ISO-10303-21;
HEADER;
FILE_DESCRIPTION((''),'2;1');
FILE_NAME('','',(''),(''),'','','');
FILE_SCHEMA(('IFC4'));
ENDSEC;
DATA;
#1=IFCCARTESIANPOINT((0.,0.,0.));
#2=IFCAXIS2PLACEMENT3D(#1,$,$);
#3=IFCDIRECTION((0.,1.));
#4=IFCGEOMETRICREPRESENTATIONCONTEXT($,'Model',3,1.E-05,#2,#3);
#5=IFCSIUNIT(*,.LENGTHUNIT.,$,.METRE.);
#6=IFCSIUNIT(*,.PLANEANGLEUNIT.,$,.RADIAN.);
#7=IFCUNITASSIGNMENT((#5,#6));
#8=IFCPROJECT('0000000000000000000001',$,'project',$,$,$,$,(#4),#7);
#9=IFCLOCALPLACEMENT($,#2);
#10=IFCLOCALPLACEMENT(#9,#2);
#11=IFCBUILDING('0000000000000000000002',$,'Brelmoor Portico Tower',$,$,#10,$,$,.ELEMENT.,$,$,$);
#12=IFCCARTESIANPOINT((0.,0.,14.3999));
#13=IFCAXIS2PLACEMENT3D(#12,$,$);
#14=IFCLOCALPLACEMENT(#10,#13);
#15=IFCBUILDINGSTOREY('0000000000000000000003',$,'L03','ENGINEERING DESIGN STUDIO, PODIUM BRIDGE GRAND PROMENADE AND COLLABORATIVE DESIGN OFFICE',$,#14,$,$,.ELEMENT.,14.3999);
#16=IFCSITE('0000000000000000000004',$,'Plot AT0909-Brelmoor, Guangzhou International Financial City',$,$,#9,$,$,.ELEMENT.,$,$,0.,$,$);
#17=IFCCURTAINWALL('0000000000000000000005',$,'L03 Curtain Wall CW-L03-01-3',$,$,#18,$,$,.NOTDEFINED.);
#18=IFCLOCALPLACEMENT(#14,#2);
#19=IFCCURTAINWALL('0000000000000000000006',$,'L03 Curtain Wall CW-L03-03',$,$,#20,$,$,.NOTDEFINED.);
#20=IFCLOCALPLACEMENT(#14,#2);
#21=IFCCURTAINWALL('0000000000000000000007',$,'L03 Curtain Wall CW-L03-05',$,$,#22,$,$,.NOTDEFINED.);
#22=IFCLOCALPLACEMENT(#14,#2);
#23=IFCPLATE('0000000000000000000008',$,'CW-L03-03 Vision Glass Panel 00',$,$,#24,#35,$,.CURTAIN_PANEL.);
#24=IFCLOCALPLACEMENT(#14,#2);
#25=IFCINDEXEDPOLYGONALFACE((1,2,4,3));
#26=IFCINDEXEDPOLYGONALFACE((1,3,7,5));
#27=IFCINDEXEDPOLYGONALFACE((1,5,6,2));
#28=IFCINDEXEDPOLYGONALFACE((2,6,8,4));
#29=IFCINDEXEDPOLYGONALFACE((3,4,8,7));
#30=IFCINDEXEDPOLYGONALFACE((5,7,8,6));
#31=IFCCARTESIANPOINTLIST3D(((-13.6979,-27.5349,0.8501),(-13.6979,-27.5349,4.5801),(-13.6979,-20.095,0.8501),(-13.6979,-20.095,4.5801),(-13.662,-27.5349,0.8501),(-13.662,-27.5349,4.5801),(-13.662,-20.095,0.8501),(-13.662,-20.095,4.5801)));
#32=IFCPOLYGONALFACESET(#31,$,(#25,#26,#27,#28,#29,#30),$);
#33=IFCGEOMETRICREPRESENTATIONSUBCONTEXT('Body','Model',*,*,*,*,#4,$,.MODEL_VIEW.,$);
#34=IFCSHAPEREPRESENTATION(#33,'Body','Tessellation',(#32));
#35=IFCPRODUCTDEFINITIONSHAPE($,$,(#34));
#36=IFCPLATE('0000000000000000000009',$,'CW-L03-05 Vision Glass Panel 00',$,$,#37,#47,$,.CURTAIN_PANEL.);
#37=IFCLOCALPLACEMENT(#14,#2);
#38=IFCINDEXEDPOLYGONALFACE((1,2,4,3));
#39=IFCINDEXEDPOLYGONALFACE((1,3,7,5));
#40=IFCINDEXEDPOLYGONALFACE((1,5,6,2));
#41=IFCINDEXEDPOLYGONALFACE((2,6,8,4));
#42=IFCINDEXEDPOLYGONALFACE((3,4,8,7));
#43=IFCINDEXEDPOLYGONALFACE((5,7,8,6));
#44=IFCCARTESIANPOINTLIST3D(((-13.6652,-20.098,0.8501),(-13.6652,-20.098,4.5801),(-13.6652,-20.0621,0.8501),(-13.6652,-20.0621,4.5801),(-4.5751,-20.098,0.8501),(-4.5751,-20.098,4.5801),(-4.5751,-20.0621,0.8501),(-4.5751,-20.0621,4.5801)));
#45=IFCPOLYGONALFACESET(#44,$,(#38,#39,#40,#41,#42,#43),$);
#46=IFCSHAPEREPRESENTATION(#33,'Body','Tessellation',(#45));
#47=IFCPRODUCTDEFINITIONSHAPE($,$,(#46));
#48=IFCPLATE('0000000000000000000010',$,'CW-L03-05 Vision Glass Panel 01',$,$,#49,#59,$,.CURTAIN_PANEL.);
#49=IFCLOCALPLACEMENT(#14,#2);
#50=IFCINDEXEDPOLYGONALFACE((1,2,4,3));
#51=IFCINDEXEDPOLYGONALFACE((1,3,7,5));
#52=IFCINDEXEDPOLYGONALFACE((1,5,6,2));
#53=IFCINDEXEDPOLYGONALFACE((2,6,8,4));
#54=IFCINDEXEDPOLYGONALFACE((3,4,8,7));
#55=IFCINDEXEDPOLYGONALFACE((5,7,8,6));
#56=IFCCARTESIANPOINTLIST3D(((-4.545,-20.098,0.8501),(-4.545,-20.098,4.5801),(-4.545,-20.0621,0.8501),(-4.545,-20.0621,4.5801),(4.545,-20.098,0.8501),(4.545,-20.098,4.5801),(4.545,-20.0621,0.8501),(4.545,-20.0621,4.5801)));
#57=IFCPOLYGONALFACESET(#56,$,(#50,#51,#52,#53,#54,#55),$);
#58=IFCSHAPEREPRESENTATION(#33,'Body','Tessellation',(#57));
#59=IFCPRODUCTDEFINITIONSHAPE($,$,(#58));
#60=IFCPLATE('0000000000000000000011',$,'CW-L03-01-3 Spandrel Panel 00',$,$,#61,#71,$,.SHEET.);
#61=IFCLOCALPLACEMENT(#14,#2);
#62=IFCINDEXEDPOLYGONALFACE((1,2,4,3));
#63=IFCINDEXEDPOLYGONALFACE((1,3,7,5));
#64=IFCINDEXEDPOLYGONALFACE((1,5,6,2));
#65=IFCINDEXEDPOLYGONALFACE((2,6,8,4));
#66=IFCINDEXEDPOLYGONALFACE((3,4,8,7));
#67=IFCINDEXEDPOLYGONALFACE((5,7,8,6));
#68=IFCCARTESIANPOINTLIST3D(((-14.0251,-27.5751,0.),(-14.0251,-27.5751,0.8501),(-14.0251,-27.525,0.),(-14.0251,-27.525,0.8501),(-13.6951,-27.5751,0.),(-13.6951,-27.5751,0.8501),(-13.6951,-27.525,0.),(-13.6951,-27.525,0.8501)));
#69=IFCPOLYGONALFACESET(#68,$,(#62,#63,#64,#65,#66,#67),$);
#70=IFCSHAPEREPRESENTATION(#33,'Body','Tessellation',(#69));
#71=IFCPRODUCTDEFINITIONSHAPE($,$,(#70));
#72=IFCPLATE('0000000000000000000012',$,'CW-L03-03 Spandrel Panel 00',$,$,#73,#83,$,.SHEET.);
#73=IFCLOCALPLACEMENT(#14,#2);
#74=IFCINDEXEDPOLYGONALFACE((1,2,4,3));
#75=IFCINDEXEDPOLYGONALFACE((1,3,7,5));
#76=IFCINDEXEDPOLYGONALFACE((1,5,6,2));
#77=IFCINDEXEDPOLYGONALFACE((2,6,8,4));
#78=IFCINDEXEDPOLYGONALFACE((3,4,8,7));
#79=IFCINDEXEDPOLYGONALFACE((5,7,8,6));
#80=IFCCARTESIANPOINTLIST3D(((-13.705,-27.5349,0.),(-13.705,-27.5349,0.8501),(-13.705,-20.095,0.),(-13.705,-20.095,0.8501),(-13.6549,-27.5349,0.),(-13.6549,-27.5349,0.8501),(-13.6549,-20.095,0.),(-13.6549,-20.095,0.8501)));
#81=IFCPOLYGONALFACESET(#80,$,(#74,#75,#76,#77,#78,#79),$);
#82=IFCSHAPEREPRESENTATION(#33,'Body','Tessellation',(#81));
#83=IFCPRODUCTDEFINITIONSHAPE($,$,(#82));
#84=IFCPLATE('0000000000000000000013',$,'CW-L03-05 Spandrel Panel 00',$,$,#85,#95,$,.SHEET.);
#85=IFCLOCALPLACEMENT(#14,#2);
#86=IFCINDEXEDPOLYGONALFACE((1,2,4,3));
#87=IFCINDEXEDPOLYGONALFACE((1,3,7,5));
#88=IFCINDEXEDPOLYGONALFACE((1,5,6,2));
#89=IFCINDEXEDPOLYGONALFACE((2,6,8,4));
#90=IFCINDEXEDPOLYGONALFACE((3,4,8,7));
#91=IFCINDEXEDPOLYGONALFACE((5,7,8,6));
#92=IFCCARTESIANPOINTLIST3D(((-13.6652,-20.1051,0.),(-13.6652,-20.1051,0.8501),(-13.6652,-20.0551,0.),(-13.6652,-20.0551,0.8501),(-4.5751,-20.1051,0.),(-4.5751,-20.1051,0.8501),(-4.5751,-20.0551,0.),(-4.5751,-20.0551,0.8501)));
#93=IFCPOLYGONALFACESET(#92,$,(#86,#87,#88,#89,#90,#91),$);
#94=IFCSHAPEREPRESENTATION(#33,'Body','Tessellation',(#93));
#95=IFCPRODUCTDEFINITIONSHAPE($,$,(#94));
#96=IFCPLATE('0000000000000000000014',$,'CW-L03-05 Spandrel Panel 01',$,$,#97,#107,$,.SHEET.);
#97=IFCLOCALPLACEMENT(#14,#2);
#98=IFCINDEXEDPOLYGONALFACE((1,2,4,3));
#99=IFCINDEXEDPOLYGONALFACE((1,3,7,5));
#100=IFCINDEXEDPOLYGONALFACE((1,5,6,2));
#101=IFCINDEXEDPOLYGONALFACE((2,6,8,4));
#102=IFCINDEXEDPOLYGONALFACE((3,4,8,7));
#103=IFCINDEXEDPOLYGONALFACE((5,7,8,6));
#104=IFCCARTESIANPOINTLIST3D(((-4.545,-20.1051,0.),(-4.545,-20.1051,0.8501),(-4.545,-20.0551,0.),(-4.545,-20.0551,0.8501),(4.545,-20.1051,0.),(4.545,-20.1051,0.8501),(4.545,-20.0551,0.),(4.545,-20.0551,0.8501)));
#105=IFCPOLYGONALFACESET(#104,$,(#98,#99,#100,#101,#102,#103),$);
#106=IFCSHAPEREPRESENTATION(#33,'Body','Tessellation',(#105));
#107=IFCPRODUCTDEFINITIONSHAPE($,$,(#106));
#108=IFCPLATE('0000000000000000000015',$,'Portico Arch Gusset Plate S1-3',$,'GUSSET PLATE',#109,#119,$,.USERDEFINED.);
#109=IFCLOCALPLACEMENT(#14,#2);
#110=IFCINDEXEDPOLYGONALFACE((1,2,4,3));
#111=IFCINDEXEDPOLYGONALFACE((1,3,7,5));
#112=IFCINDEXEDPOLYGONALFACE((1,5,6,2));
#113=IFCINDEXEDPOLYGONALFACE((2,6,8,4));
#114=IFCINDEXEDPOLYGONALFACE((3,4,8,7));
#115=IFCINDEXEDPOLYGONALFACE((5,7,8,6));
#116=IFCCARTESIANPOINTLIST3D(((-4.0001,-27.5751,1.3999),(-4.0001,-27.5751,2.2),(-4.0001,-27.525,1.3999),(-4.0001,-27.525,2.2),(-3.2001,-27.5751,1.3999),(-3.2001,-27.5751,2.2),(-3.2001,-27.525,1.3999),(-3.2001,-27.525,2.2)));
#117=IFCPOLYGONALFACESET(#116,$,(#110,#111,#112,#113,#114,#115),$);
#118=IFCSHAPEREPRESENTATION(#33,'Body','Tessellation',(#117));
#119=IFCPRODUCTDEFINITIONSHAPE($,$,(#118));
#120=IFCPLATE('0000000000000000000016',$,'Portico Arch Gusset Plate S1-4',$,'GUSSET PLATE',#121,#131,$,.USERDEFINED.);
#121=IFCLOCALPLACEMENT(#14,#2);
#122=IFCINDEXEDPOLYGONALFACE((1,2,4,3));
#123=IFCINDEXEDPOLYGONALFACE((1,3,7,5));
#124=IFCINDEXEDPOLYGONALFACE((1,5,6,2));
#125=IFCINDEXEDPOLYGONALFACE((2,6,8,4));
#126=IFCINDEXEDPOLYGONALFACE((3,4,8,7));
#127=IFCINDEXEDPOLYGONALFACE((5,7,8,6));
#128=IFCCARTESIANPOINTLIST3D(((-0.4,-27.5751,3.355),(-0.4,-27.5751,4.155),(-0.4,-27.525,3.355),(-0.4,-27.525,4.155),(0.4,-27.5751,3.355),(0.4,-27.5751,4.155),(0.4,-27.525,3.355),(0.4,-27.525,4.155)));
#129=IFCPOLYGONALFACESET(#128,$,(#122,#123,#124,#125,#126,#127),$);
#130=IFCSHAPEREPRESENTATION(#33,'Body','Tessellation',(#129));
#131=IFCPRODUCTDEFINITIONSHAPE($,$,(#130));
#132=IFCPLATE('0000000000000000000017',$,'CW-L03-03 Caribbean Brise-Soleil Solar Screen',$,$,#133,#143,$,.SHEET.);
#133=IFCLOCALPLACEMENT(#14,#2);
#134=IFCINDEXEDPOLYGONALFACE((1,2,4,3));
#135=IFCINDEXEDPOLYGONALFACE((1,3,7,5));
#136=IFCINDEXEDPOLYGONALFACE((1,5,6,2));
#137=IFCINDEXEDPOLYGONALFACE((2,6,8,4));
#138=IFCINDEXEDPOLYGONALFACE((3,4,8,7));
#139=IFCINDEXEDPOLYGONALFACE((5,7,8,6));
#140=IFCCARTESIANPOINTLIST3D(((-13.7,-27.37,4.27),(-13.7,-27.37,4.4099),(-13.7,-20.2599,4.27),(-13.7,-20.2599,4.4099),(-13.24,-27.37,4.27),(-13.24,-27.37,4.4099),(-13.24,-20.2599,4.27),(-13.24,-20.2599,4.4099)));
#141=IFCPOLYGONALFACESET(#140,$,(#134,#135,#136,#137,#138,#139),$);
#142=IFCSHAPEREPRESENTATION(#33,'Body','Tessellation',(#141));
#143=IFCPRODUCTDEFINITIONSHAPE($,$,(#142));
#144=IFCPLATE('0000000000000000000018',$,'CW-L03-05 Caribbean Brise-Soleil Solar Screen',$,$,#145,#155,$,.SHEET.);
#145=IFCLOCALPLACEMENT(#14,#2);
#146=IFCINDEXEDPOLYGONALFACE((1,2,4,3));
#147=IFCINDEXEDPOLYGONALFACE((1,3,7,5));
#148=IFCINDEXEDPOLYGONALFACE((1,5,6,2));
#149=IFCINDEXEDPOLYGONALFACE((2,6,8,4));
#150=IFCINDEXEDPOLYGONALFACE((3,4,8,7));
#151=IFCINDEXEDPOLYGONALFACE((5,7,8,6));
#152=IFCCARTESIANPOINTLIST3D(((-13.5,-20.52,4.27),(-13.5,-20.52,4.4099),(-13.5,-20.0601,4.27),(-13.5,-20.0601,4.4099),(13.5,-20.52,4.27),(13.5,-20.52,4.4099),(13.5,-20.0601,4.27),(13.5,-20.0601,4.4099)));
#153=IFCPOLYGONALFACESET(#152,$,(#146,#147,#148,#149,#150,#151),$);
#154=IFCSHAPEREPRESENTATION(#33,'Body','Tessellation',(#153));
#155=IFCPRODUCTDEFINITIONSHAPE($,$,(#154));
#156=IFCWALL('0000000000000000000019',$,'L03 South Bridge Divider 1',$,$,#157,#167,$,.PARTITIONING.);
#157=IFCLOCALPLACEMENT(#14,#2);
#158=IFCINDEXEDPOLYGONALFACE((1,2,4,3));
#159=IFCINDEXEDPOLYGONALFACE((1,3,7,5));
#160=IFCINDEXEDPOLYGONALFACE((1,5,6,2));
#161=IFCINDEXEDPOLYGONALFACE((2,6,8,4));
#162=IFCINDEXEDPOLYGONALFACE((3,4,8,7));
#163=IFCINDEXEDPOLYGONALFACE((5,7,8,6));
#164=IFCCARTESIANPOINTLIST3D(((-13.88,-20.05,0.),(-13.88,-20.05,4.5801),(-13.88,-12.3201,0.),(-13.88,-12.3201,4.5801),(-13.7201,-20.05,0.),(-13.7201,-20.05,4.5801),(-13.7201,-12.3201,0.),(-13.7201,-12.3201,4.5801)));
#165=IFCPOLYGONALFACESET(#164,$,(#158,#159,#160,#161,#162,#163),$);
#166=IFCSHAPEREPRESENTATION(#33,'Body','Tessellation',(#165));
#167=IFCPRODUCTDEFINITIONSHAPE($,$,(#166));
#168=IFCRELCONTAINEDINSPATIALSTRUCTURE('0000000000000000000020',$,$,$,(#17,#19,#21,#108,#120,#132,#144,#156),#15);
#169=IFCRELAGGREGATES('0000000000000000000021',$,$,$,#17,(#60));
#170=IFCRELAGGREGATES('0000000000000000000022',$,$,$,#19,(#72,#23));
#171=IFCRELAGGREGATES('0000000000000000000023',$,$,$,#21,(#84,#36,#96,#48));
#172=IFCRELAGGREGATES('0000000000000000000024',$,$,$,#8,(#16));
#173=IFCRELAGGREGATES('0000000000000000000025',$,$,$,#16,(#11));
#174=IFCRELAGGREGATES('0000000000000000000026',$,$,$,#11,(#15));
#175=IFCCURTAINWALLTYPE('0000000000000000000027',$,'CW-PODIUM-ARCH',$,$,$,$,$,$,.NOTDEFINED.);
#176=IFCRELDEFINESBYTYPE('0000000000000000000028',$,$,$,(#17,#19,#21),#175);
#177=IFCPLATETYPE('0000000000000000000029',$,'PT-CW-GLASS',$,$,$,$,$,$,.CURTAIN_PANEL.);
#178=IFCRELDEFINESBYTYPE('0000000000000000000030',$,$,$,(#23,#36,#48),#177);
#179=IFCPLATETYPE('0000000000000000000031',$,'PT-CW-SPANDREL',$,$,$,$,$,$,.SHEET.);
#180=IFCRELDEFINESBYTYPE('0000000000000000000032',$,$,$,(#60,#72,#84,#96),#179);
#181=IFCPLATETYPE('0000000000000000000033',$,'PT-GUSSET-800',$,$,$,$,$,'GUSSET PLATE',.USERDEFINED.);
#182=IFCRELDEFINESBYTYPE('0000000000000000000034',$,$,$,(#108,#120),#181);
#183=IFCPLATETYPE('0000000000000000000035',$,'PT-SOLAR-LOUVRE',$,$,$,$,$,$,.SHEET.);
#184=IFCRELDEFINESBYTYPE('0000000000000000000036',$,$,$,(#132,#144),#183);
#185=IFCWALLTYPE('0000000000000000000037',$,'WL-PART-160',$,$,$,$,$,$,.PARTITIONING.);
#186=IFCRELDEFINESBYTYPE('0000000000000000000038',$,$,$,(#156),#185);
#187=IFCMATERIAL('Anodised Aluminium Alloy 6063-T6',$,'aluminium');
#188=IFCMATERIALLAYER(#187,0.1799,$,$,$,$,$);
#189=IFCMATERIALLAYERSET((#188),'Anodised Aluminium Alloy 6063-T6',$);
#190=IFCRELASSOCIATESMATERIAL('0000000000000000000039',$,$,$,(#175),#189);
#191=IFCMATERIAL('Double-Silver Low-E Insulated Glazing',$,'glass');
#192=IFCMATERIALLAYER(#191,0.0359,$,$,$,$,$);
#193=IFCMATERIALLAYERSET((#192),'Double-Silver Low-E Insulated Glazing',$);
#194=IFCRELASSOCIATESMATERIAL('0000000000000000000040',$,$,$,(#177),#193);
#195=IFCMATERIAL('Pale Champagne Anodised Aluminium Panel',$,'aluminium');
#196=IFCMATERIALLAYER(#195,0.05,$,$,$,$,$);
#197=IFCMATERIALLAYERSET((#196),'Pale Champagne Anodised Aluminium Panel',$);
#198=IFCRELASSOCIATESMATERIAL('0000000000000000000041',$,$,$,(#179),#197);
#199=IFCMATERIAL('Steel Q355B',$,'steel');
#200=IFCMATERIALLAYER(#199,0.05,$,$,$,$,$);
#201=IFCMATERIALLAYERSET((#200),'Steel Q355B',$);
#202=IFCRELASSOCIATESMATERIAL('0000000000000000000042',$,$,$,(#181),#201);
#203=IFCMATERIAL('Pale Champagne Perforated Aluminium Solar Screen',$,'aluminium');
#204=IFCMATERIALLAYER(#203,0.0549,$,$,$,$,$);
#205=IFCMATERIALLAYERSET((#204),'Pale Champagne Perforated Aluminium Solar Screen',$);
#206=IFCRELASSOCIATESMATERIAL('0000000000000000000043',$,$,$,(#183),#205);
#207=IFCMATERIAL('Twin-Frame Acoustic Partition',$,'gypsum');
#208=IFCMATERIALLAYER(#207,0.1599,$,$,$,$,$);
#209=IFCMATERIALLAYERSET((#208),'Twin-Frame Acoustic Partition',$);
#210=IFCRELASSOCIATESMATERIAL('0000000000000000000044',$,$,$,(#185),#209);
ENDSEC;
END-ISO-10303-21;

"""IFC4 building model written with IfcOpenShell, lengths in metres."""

from ifc_helpers import new_model, si_unit, direction, frame, frame_2d, origin, origin_2d, place, context, subcontext, project, spatial, rectangle, extrude, material, layer, layer_set, type_object, element, aggregate, save


model = new_model("IFC4")

# Units and contexts
model_context = context("Model", 3, precision=1e-05, world=origin(), true_north=direction((0.0, 1.0)))
body_context = subcontext(model_context, "Body", "Model", "MODEL_VIEW")
ifc_project = project(units=[si_unit("LENGTHUNIT", "METRE"), si_unit("PLANEANGLEUNIT", "RADIAN")], contexts=[model_context])

# Site, building, storey
site_placement = place(None, origin())
site = spatial("IfcSite", under=ifc_project, at=site_placement, Name="Plot AT0909-Brelmoor, Guangzhou International Financial City", CompositionType="ELEMENT", RefElevation=0.0)
building_placement = place(site_placement, origin())
building = spatial("IfcBuilding", under=site, at=building_placement, Name="Brelmoor Portico Tower", CompositionType="ELEMENT")
storey_placement = place(building_placement, frame((0.0, 0.0, 14.3999)))
storey = spatial("IfcBuildingStorey", under=building, at=storey_placement, Name="L03", Description="ENGINEERING DESIGN STUDIO, PODIUM BRIDGE GRAND PROMENADE AND COLLABORATIVE DESIGN OFFICE", CompositionType="ELEMENT", Elevation=14.3999)

# Shared definitions
ifc_material_1 = material(Name="Steel Q355B", Category="steel")

# Curtain walls
ifc_material_2 = material(Name="Anodised Aluminium Alloy 6063-T6", Category="aluminium")
ifc_layer_1 = layer(ifc_material_2, 0.1799)
ifc_layer_set_1 = layer_set([ifc_layer_1], Name="Anodised Aluminium Alloy 6063-T6")
curtain_wall_type = type_object("IfcCurtainWallType", Name="CW-PODIUM-ARCH", PredefinedType="NOTDEFINED", material=ifc_layer_set_1)
curtain_wall_1_placement = place(storey_placement, origin())
curtain_wall_1 = element("IfcCurtainWall", 1, at=curtain_wall_1_placement, inside=storey, type_object=curtain_wall_type, Name="L03 Curtain Wall CW-L03-01-3", PredefinedType="NOTDEFINED")
curtain_wall_2_placement = place(storey_placement, origin())
curtain_wall_2 = element("IfcCurtainWall", 2, at=curtain_wall_2_placement, inside=storey, type_object=curtain_wall_type, Name="L03 Curtain Wall CW-L03-03", PredefinedType="NOTDEFINED")
curtain_wall_3_placement = place(storey_placement, origin())
curtain_wall_3 = element("IfcCurtainWall", 3, at=curtain_wall_3_placement, inside=storey, type_object=curtain_wall_type, Name="L03 Curtain Wall CW-L03-05", PredefinedType="NOTDEFINED")

# Plates
ifc_material_3 = material(Name="Double-Silver Low-E Insulated Glazing", Category="glass")
ifc_layer_2 = layer(ifc_material_3, 0.0359)
ifc_layer_set_2 = layer_set([ifc_layer_2], Name="Double-Silver Low-E Insulated Glazing")
plate_type_1 = type_object("IfcPlateType", Name="PT-CW-GLASS", PredefinedType="CURTAIN_PANEL", material=ifc_layer_set_2)
plate_1_placement = place(storey_placement, frame((-13.6799, -23.8149, 0.8501), z_axis=(0.0, 0.0, 1.0), x_axis=(0.0, 1.0, 0.0)))
plate_1 = element("IfcPlate", 4, at=plate_1_placement, type_object=plate_type_1, Name="CW-L03-03 Vision Glass Panel 00", PredefinedType="CURTAIN_PANEL", context=body_context, shape_type="SweptSolid", body=[
    extrude(rectangle(XDim=7.4399, YDim=0.0359, at=origin_2d()), origin(), (0.0, 0.0, 1.0), 3.73),
])
plate_2_placement = place(storey_placement, frame((-9.1201, -20.0801, 0.8501), z_axis=(0.0, 0.0, 1.0), x_axis=(1.0, 0.0, 0.0)))
plate_2 = element("IfcPlate", 5, at=plate_2_placement, type_object=plate_type_1, Name="CW-L03-05 Vision Glass Panel 00", PredefinedType="CURTAIN_PANEL", context=body_context, shape_type="SweptSolid", body=[
    extrude(rectangle(XDim=9.0901, YDim=0.0359, at=origin_2d()), origin(), (0.0, 0.0, 1.0), 3.73),
])
plate_3_placement = place(storey_placement, frame((0.0, -20.0801, 0.8501), z_axis=(0.0, 0.0, 1.0), x_axis=(1.0, 0.0, 0.0)))
plate_3 = element("IfcPlate", 6, at=plate_3_placement, type_object=plate_type_1, Name="CW-L03-05 Vision Glass Panel 01", PredefinedType="CURTAIN_PANEL", context=body_context, shape_type="SweptSolid", body=[
    extrude(rectangle(XDim=9.0901, YDim=0.0359, at=origin_2d()), origin(), (0.0, 0.0, 1.0), 3.73),
])
ifc_material_4 = material(Name="Pale Champagne Anodised Aluminium Panel", Category="aluminium")
ifc_layer_3 = layer(ifc_material_4, 0.05)
ifc_layer_set_3 = layer_set([ifc_layer_3], Name="Pale Champagne Anodised Aluminium Panel")
plate_type_2 = type_object("IfcPlateType", Name="PT-CW-SPANDREL", PredefinedType="SHEET", material=ifc_layer_set_3)
plate_4_placement = place(storey_placement, frame((-13.8601, -27.55, 0.0), z_axis=(0.0, 0.0, 1.0), x_axis=(1.0, 0.0, 0.0)))
plate_4 = element("IfcPlate", 7, at=plate_4_placement, type_object=plate_type_2, Name="CW-L03-01-3 Spandrel Panel 00", PredefinedType="SHEET", context=body_context, shape_type="SweptSolid", body=[
    extrude(rectangle(XDim=0.3301, YDim=0.05, at=origin_2d()), origin(), (0.0, 0.0, 1.0), 0.8501),
])
aggregate(curtain_wall_1, [plate_4])
plate_5_placement = place(storey_placement, frame((-13.6799, -23.8149, 0.0), z_axis=(0.0, 0.0, 1.0), x_axis=(0.0, 1.0, 0.0)))
plate_5 = element("IfcPlate", 8, at=plate_5_placement, type_object=plate_type_2, Name="CW-L03-03 Spandrel Panel 00", PredefinedType="SHEET", context=body_context, shape_type="SweptSolid", body=[
    extrude(rectangle(XDim=7.4399, YDim=0.05, at=origin_2d()), origin(), (0.0, 0.0, 1.0), 0.8501),
])
aggregate(curtain_wall_2, [plate_5, plate_1])
plate_6_placement = place(storey_placement, frame((-9.1201, -20.0801, 0.0), z_axis=(0.0, 0.0, 1.0), x_axis=(1.0, 0.0, 0.0)))
plate_6 = element("IfcPlate", 9, at=plate_6_placement, type_object=plate_type_2, Name="CW-L03-05 Spandrel Panel 00", PredefinedType="SHEET", context=body_context, shape_type="SweptSolid", body=[
    extrude(rectangle(XDim=9.0901, YDim=0.05, at=origin_2d()), origin(), (0.0, 0.0, 1.0), 0.8501),
])
plate_7_placement = place(storey_placement, frame((0.0, -20.0801, 0.0), z_axis=(0.0, 0.0, 1.0), x_axis=(1.0, 0.0, 0.0)))
plate_7 = element("IfcPlate", 10, at=plate_7_placement, type_object=plate_type_2, Name="CW-L03-05 Spandrel Panel 01", PredefinedType="SHEET", context=body_context, shape_type="SweptSolid", body=[
    extrude(rectangle(XDim=9.0901, YDim=0.05, at=origin_2d()), origin(), (0.0, 0.0, 1.0), 0.8501),
])
aggregate(curtain_wall_3, [plate_6, plate_2, plate_7, plate_3])

# Plates
ifc_layer_4 = layer(ifc_material_1, 0.05)
ifc_layer_set_4 = layer_set([ifc_layer_4], Name="Steel Q355B")
plate_type_3 = type_object("IfcPlateType", Name="PT-GUSSET-800", ElementType="GUSSET PLATE", PredefinedType="USERDEFINED", material=ifc_layer_set_4)
for number, where, z_axis, x_axis, name in (
    (11, (-3.6001, -27.55, 1.3999), (0.0, 0.0, 1.0), (1.0, 0.0, 0.0), "Portico Arch Gusset Plate S1-3"),
    (12, (0.0, -27.55, 3.355), (0.0, 0.0, 1.0), (1.0, 0.0, 0.0), "Portico Arch Gusset Plate S1-4"),
):
    element("IfcPlate", number, at=place(storey_placement, frame(where, z_axis=z_axis, x_axis=x_axis)), inside=storey, type_object=plate_type_3, Name=name, ObjectType="GUSSET PLATE", PredefinedType="USERDEFINED", context=body_context, shape_type="SweptSolid", body=[
        extrude(rectangle(XDim=0.8, YDim=0.05, at=origin_2d()), origin(), (0.0, 0.0, 1.0), 0.8),
    ])
ifc_material_5 = material(Name="Pale Champagne Perforated Aluminium Solar Screen", Category="aluminium")
ifc_layer_5 = layer(ifc_material_5, 0.0549)
ifc_layer_set_5 = layer_set([ifc_layer_5], Name="Pale Champagne Perforated Aluminium Solar Screen")
plate_type_4 = type_object("IfcPlateType", Name="PT-SOLAR-LOUVRE", PredefinedType="SHEET", material=ifc_layer_set_5)
plate_8_placement = place(storey_placement, frame((-13.47, -23.8149, 4.27), z_axis=(0.0, 0.0, 1.0), x_axis=(0.0, 1.0, 0.0)))
element("IfcPlate", 13, at=plate_8_placement, inside=storey, type_object=plate_type_4, Name="CW-L03-03 Caribbean Brise-Soleil Solar Screen", PredefinedType="SHEET", context=body_context, shape_type="SweptSolid", body=[
    extrude(rectangle(XDim=7.1101, YDim=0.46, at=origin_2d()), origin(), (0.0, 0.0, 1.0), 0.1399),
])
plate_9_placement = place(storey_placement, frame((0.0, -20.29, 4.27), z_axis=(0.0, 0.0, 1.0), x_axis=(1.0, 0.0, 0.0)))
element("IfcPlate", 14, at=plate_9_placement, inside=storey, type_object=plate_type_4, Name="CW-L03-05 Caribbean Brise-Soleil Solar Screen", PredefinedType="SHEET", context=body_context, shape_type="SweptSolid", body=[
    extrude(rectangle(XDim=27.0, YDim=0.46, at=origin_2d()), origin(), (0.0, 0.0, 1.0), 0.1399),
])

# Wall
ifc_material_6 = material(Name="Twin-Frame Acoustic Partition", Category="gypsum")
ifc_layer_6 = layer(ifc_material_6, 0.1599)
ifc_layer_set_6 = layer_set([ifc_layer_6], Name="Twin-Frame Acoustic Partition")
wall_type = type_object("IfcWallType", Name="WL-PART-160", PredefinedType="PARTITIONING", material=ifc_layer_set_6)
wall_placement = place(storey_placement, frame((-13.8, -20.05, 0.0), z_axis=(0.0, 0.0, 1.0), x_axis=(0.0, 1.0, 0.0)))
element("IfcWall", 15, at=wall_placement, inside=storey, type_object=wall_type, Name="L03 South Bridge Divider 1", PredefinedType="PARTITIONING", context=body_context, shape_type="SweptSolid", body=[
    extrude(rectangle(XDim=7.73, YDim=0.1599, at=frame_2d((3.865, 0.0))), origin(), (0.0, 0.0, 1.0), 4.5801),
])

save(model, "model.ifc")
